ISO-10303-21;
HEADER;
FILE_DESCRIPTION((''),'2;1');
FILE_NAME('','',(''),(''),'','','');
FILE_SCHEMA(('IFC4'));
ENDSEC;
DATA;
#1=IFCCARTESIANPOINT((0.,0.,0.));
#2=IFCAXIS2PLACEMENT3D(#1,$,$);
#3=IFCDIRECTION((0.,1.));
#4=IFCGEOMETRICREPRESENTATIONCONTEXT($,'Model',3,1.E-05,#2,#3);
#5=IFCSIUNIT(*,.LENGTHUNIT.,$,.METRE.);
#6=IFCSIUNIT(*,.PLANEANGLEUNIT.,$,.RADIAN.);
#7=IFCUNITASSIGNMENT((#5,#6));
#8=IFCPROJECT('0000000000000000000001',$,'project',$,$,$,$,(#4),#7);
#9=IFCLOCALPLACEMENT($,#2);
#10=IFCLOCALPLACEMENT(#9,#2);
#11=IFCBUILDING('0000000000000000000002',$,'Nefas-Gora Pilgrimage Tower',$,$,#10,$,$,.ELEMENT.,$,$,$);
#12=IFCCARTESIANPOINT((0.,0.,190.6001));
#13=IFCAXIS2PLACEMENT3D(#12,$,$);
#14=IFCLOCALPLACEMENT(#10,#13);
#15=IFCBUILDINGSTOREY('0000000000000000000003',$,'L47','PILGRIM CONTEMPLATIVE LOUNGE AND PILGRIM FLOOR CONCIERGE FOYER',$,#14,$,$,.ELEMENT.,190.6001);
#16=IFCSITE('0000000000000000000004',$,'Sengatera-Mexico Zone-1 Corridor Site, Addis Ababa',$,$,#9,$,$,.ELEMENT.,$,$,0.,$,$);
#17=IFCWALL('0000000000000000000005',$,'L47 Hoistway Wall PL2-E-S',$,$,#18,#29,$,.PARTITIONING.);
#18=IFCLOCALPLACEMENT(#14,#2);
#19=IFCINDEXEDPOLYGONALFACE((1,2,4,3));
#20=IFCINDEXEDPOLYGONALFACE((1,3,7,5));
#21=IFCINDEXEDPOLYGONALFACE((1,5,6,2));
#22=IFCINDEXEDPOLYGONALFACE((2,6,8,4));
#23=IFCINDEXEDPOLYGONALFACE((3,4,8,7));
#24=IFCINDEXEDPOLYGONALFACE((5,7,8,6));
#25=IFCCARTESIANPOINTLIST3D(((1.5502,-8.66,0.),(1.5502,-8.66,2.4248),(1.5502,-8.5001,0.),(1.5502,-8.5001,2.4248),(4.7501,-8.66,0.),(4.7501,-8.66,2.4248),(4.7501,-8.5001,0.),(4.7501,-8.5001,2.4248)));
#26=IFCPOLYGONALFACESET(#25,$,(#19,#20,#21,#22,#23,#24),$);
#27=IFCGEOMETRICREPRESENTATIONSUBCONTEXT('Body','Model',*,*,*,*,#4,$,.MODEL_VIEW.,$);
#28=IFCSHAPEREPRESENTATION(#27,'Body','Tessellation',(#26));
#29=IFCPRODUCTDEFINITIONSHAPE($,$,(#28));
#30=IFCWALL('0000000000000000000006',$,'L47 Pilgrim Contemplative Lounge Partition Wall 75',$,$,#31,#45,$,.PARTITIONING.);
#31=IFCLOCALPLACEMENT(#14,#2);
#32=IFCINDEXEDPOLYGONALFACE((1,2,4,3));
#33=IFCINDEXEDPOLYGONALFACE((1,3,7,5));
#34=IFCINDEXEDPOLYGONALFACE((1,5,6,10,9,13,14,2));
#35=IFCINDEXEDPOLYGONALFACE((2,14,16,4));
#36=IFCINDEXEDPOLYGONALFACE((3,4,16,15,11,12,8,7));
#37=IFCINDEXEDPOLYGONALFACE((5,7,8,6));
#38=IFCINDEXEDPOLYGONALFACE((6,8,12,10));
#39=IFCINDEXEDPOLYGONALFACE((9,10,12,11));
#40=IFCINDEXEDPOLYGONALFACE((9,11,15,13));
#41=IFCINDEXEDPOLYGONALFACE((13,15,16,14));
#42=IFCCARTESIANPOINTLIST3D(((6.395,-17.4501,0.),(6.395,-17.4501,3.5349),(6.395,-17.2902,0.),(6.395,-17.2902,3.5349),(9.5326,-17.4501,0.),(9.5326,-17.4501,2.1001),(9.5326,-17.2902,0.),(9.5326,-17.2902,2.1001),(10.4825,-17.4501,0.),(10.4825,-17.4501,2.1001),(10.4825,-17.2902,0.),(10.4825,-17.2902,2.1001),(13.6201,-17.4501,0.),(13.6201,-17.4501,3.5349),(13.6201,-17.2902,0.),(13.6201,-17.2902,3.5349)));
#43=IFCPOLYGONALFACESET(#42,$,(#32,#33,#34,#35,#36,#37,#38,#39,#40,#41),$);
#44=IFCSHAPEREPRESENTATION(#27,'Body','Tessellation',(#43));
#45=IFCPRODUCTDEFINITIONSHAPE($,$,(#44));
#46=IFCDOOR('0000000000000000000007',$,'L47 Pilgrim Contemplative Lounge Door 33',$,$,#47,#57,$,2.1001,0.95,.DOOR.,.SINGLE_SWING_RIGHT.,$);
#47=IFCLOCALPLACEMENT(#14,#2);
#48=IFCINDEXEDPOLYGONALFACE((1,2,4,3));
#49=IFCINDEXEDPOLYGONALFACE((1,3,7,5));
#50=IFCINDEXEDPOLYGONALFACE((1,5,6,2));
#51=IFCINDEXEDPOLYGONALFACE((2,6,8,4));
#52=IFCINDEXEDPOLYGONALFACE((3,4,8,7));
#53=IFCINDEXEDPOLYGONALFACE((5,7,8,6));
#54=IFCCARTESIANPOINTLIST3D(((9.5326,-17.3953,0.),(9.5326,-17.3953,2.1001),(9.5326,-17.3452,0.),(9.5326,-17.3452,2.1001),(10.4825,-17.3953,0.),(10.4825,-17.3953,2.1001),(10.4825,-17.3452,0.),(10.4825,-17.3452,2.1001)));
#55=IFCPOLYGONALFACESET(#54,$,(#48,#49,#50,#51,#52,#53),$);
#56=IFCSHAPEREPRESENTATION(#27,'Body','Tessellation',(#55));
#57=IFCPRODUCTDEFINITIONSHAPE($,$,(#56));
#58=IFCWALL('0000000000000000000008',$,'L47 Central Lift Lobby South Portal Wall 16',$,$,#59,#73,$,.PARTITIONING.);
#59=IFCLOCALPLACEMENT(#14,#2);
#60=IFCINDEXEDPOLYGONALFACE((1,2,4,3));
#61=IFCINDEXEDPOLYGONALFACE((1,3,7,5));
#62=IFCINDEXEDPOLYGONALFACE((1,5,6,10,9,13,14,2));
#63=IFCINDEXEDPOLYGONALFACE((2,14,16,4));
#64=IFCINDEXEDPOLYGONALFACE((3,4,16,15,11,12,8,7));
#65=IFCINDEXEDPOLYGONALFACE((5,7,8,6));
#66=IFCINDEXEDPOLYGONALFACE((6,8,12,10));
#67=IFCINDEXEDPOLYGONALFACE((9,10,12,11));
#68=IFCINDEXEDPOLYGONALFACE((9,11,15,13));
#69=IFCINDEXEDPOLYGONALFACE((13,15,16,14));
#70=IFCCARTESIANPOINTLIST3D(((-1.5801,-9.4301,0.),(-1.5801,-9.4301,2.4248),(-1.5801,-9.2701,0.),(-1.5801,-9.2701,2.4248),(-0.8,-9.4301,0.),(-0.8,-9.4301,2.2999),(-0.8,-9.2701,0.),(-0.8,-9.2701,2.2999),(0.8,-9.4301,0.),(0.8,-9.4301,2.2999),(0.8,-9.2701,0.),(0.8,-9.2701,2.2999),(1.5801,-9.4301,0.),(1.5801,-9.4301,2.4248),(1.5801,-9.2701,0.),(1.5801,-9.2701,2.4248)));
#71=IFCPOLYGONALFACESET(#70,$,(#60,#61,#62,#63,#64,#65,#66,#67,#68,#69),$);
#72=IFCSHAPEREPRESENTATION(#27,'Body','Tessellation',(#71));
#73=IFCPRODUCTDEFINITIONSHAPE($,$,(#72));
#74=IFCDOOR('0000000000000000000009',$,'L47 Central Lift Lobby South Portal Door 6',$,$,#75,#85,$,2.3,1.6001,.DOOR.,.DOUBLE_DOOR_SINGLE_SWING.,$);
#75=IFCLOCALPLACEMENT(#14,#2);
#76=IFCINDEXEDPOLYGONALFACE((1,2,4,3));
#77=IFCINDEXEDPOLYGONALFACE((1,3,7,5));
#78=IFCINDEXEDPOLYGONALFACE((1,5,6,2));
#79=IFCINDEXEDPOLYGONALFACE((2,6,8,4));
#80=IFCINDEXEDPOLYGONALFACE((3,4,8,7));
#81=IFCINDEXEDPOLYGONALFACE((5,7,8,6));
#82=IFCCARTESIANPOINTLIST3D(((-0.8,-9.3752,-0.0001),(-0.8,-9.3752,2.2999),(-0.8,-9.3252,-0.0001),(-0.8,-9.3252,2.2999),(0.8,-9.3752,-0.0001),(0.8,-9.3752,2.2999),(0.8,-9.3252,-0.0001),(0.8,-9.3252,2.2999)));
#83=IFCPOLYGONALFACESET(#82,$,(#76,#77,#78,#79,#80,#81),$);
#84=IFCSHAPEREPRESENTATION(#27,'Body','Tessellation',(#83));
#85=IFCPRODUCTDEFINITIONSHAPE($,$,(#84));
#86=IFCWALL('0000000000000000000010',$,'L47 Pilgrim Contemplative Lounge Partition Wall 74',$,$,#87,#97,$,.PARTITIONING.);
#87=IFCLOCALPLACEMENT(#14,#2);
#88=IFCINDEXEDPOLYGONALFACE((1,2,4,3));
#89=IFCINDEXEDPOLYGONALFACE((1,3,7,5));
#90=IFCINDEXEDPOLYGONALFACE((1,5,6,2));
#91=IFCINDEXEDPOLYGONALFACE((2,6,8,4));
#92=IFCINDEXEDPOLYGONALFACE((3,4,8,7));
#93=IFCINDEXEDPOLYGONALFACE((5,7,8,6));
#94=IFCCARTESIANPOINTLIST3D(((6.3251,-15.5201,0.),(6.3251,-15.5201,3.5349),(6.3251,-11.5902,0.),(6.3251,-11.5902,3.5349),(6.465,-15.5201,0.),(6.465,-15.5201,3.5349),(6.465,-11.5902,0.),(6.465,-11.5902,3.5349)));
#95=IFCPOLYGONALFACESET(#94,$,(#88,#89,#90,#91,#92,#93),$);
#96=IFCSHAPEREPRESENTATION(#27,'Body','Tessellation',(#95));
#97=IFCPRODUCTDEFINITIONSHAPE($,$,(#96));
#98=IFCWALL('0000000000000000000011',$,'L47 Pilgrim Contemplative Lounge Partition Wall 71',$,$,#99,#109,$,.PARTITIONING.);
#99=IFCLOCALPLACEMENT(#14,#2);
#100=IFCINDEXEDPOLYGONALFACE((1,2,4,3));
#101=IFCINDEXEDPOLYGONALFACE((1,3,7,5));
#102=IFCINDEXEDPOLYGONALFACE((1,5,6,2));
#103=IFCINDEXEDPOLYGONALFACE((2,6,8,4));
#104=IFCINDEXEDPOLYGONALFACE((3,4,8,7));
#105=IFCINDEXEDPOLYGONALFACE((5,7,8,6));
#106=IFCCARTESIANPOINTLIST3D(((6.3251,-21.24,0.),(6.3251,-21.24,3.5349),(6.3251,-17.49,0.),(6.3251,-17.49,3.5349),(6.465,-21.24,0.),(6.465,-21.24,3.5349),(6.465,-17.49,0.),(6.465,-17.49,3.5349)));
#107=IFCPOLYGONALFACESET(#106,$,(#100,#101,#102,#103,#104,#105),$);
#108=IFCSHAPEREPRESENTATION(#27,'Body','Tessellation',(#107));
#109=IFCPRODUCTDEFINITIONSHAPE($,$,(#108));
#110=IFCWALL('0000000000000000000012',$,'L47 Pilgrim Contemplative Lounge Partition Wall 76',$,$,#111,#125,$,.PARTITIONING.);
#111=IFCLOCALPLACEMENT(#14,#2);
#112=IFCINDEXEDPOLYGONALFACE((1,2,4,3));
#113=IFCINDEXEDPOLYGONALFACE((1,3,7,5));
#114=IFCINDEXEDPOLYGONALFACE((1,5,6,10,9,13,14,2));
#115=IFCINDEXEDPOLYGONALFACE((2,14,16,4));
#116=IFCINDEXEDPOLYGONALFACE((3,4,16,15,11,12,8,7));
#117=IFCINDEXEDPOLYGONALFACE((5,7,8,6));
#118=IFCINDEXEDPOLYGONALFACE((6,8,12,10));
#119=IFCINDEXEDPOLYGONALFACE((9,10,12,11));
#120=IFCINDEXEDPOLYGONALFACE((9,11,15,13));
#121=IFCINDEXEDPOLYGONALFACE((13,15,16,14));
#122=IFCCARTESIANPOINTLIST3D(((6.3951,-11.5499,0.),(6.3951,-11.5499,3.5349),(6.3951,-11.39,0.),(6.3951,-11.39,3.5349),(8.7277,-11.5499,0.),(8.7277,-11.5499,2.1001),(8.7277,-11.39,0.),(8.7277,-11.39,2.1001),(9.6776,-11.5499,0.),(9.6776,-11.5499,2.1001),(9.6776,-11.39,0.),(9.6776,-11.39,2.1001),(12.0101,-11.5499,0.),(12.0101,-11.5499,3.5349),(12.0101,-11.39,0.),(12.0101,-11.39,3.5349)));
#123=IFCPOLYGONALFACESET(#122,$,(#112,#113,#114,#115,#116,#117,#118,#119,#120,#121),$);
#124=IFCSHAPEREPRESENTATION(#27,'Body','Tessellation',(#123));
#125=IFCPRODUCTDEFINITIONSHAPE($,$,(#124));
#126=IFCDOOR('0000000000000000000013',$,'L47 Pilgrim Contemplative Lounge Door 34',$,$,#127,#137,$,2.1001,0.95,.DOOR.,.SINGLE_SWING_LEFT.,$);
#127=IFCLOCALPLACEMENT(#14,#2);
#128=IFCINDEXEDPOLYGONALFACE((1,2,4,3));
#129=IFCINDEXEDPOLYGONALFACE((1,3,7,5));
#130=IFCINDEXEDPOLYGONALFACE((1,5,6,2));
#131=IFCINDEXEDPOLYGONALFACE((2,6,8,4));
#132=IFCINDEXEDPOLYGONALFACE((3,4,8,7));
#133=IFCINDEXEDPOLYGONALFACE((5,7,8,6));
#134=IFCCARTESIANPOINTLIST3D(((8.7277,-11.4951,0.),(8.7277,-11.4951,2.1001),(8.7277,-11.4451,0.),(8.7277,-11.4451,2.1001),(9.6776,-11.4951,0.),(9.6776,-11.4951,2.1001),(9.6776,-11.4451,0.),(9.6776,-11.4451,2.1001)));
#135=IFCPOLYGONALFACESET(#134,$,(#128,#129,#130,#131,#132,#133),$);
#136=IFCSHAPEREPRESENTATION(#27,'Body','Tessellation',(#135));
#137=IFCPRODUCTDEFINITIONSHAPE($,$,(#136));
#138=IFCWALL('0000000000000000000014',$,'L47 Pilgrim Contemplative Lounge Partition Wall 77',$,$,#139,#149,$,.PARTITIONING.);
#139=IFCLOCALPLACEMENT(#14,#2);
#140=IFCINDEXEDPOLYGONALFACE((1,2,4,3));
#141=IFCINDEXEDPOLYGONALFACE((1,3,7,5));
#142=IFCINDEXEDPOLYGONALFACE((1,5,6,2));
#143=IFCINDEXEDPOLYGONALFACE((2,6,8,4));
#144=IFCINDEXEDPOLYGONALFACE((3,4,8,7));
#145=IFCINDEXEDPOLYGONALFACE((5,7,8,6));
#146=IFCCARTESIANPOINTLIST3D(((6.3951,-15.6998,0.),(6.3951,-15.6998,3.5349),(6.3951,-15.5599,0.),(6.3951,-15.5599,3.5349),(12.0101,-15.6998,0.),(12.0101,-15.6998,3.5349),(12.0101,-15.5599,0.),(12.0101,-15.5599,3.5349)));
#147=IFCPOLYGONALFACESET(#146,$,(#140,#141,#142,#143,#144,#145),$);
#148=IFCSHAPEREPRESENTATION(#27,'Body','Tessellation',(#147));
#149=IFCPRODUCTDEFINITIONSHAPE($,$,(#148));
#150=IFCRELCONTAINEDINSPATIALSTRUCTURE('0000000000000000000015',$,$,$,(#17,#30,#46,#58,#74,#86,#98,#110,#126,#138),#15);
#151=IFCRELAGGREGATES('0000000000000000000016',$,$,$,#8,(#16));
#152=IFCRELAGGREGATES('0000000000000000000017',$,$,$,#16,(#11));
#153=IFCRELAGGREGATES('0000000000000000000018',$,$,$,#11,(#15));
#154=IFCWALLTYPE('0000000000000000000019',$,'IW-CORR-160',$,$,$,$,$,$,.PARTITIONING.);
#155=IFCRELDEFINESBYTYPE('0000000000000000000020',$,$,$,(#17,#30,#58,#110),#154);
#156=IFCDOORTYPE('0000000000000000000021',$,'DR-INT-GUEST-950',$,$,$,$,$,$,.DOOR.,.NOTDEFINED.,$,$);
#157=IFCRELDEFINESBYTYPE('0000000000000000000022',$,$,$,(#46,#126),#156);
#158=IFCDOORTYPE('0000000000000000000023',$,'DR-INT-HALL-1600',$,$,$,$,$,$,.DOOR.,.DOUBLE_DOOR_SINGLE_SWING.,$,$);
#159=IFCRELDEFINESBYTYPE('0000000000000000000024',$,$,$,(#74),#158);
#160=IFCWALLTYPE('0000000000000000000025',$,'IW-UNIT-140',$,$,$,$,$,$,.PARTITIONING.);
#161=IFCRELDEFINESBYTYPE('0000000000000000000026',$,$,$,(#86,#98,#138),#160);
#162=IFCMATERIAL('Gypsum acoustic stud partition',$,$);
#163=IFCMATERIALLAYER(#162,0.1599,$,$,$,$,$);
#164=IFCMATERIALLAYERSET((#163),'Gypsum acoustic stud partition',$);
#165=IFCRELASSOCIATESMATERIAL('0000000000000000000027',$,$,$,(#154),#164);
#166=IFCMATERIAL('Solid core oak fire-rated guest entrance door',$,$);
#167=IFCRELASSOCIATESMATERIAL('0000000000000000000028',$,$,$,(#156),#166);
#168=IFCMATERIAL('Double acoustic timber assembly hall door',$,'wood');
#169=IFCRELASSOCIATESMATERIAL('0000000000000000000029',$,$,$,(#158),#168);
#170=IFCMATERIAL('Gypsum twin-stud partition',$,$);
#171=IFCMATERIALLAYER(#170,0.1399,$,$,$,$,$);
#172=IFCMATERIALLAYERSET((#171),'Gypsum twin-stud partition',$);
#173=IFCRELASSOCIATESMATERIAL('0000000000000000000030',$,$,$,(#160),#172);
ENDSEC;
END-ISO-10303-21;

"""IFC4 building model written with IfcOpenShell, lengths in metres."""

from ifc_helpers import new_model, si_unit, direction, frame, frame_2d, origin, place, context, subcontext, project, spatial, rectangle, extrude, source, transform, mapped, material, layer, layer_set, type_object, element, fill, save


model = new_model("IFC4")

# Units and contexts
model_context = context("Model", 3, precision=1e-05, world=origin(), true_north=direction((0.0, 1.0)))
body_context = subcontext(model_context, "Body", "Model", "MODEL_VIEW")
ifc_project = project(units=[si_unit("LENGTHUNIT", "METRE"), si_unit("PLANEANGLEUNIT", "RADIAN")], contexts=[model_context])

# Site, building, storey
site_placement = place(None, origin())
site = spatial("IfcSite", under=ifc_project, at=site_placement, Name="Sengatera-Mexico Zone-1 Corridor Site, Addis Ababa", CompositionType="ELEMENT", RefElevation=0.0)
building_placement = place(site_placement, origin())
building = spatial("IfcBuilding", under=site, at=building_placement, Name="Nefas-Gora Pilgrimage Tower", CompositionType="ELEMENT")
storey_placement = place(building_placement, frame((0.0, 0.0, 190.6001)))
storey = spatial("IfcBuildingStorey", under=building, at=storey_placement, Name="L47", Description="PILGRIM CONTEMPLATIVE LOUNGE AND PILGRIM FLOOR CONCIERGE FOYER", CompositionType="ELEMENT", Elevation=190.6001)

# Wall
ifc_material_1 = material(Name="Gypsum acoustic stud partition")
ifc_layer_1 = layer(ifc_material_1, 0.1599)
ifc_layer_set_1 = layer_set([ifc_layer_1], Name="Gypsum acoustic stud partition")
wall_type_1 = type_object("IfcWallType", Name="IW-CORR-160", PredefinedType="PARTITIONING", material=ifc_layer_set_1)
shared_shape_1 = source(origin(), body_context, "Body", "SweptSolid", [
    extrude(rectangle(XDim=3.2, YDim=0.1599, at=frame_2d((1.6001, 0.0))), origin(), (0.0, 0.0, 1.0), 2.4248),
])
wall_1_placement = place(storey_placement, frame((1.55, -8.5801, 0.0), z_axis=(0.0, 0.0, 1.0), x_axis=(1.0, 0.0, 0.0)))
element("IfcWall", 1, at=wall_1_placement, inside=storey, type_object=wall_type_1, Name="L47 Hoistway Wall PL2-E-S", PredefinedType="PARTITIONING", context=body_context, shape_type="MappedRepresentation", body=[
    mapped(shared_shape_1, transform((0.0, 0.0, 0.0), x_axis=(1.0, 0.0, 0.0), y_axis=(0.0, 1.0, 0.0), z_axis=(0.0, 0.0, 1.0), scale=1.0)),
])

# Walls, openings, doors
shared_shape_2 = source(origin(), body_context, "Body", "SweptSolid", [
    extrude(rectangle(XDim=7.2251, YDim=0.1599, at=frame_2d((3.6125, 0.0))), origin(), (0.0, 0.0, 1.0), 3.5349),
])
wall_2_placement = place(storey_placement, frame((6.395, -17.3701, 0.0), z_axis=(0.0, 0.0, 1.0), x_axis=(1.0, 0.0, 0.0)))
wall_2 = element("IfcWall", 2, at=wall_2_placement, inside=storey, type_object=wall_type_1, Name="L47 Pilgrim Contemplative Lounge Partition Wall 75", PredefinedType="PARTITIONING", context=body_context, shape_type="MappedRepresentation", body=[
    mapped(shared_shape_2, transform((0.0, 0.0, 0.0), x_axis=(1.0, 0.0, 0.0), y_axis=(0.0, 1.0, 0.0), z_axis=(0.0, 0.0, 1.0), scale=1.0)),
])
opening_1_placement = place(wall_2_placement, frame((3.1375, 0.0, 0.0)))
opening_1 = element("IfcOpeningElement", 3, at=opening_1_placement, cuts=wall_2, PredefinedType="OPENING", context=body_context, shape_type="SweptSolid", body=[
    extrude(rectangle(XDim=0.95, YDim=2.1001, at=frame_2d((0.4751, 1.05))), frame((0.0, 0.0898, 0.0), z_axis=(0.0, -1.0, 0.0), x_axis=(1.0, 0.0, 0.0)), (0.0, 0.0, 1.0), 0.1799),
])
ifc_material_2 = material(Name="Solid core oak fire-rated guest entrance door")
door_type_1 = type_object("IfcDoorType", Name="DR-INT-GUEST-950", OperationType="NOTDEFINED", PredefinedType="DOOR", material=ifc_material_2)
shared_shape_3 = source(origin(), body_context, "Body", "SweptSolid", [
    extrude(rectangle(XDim=0.95, YDim=2.1001, at=frame_2d((0.4751, 1.05))), frame((0.0, 0.0249, 0.0), z_axis=(0.0, -1.0, 0.0), x_axis=(1.0, 0.0, 0.0)), (0.0, 0.0, 1.0), 0.05),
])
door_1_placement = place(opening_1_placement, origin())
door_1 = element("IfcDoor", 4, at=door_1_placement, inside=storey, type_object=door_type_1, Name="L47 Pilgrim Contemplative Lounge Door 33", OperationType="SINGLE_SWING_RIGHT", OverallHeight=2.1001, OverallWidth=0.95, PredefinedType="DOOR", context=body_context, shape_type="MappedRepresentation", body=[
    mapped(shared_shape_3, transform((0.0, 0.0, 0.0), x_axis=(1.0, 0.0, 0.0), y_axis=(0.0, 1.0, 0.0), z_axis=(0.0, 0.0, 1.0), scale=1.0)),
])
fill(opening_1, door_1)
shared_shape_4 = source(origin(), body_context, "Body", "SweptSolid", [
    extrude(rectangle(XDim=3.1602, YDim=0.1599, at=frame_2d((1.5801, 0.0))), origin(), (0.0, 0.0, 1.0), 2.4248),
])
wall_3_placement = place(storey_placement, frame((-1.5801, -9.3501, 0.0), z_axis=(0.0, 0.0, 1.0), x_axis=(1.0, 0.0, 0.0)))
wall_3 = element("IfcWall", 5, at=wall_3_placement, inside=storey, type_object=wall_type_1, Name="L47 Central Lift Lobby South Portal Wall 16", PredefinedType="PARTITIONING", context=body_context, shape_type="MappedRepresentation", body=[
    mapped(shared_shape_4, transform((0.0, 0.0, 0.0), x_axis=(1.0, 0.0, 0.0), y_axis=(0.0, 1.0, 0.0), z_axis=(0.0, 0.0, 1.0), scale=1.0)),
])
opening_2_placement = place(wall_3_placement, frame((0.78, 0.0, 0.0)))
opening_2 = element("IfcOpeningElement", 6, at=opening_2_placement, cuts=wall_3, PredefinedType="OPENING", context=body_context, shape_type="SweptSolid", body=[
    extrude(rectangle(XDim=1.6001, YDim=2.3, at=frame_2d((0.8, 1.1499))), frame((0.0, 0.0898, 0.0), z_axis=(0.0, -1.0, 0.0), x_axis=(1.0, 0.0, 0.0)), (0.0, 0.0, 1.0), 0.1799),
])
ifc_material_3 = material(Name="Double acoustic timber assembly hall door", Category="wood")
door_type_2 = type_object("IfcDoorType", Name="DR-INT-HALL-1600", OperationType="DOUBLE_DOOR_SINGLE_SWING", PredefinedType="DOOR", material=ifc_material_3)
shared_shape_5 = source(origin(), body_context, "Body", "SweptSolid", [
    extrude(rectangle(XDim=1.6001, YDim=2.3, at=frame_2d((0.8, 1.1499))), frame((0.0, 0.0249, 0.0), z_axis=(0.0, -1.0, 0.0), x_axis=(1.0, 0.0, 0.0)), (0.0, 0.0, 1.0), 0.05),
])
door_2_placement = place(opening_2_placement, origin())
door_2 = element("IfcDoor", 7, at=door_2_placement, inside=storey, type_object=door_type_2, Name="L47 Central Lift Lobby South Portal Door 6", OperationType="DOUBLE_DOOR_SINGLE_SWING", OverallHeight=2.3, OverallWidth=1.6001, PredefinedType="DOOR", context=body_context, shape_type="MappedRepresentation", body=[
    mapped(shared_shape_5, transform((0.0, 0.0, 0.0), x_axis=(1.0, 0.0, 0.0), y_axis=(0.0, 1.0, 0.0), z_axis=(0.0, 0.0, 1.0), scale=1.0)),
])
fill(opening_2, door_2)

# Walls
ifc_material_4 = material(Name="Gypsum twin-stud partition")
ifc_layer_2 = layer(ifc_material_4, 0.1399)
ifc_layer_set_2 = layer_set([ifc_layer_2], Name="Gypsum twin-stud partition")
wall_type_2 = type_object("IfcWallType", Name="IW-UNIT-140", PredefinedType="PARTITIONING", material=ifc_layer_set_2)
shared_shape_6 = source(origin(), body_context, "Body", "SweptSolid", [
    extrude(rectangle(XDim=3.9299, YDim=0.1399, at=frame_2d((1.9648, 0.0))), origin(), (0.0, 0.0, 1.0), 3.5349),
])
wall_4_placement = place(storey_placement, frame((6.395, -15.52, 0.0), z_axis=(0.0, 0.0, 1.0), x_axis=(0.0, 1.0, 0.0)))
element("IfcWall", 8, at=wall_4_placement, inside=storey, type_object=wall_type_2, Name="L47 Pilgrim Contemplative Lounge Partition Wall 74", PredefinedType="PARTITIONING", context=body_context, shape_type="MappedRepresentation", body=[
    mapped(shared_shape_6, transform((0.0, 0.0, 0.0), x_axis=(1.0, 0.0, 0.0), y_axis=(0.0, 1.0, 0.0), z_axis=(0.0, 0.0, 1.0), scale=1.0)),
])
shared_shape_7 = source(origin(), body_context, "Body", "SweptSolid", [
    extrude(rectangle(XDim=3.75, YDim=0.1399, at=frame_2d((1.875, 0.0))), origin(), (0.0, 0.0, 1.0), 3.5349),
])
wall_5_placement = place(storey_placement, frame((6.395, -21.24, 0.0), z_axis=(0.0, 0.0, 1.0), x_axis=(0.0, 1.0, 0.0)))
element("IfcWall", 9, at=wall_5_placement, inside=storey, type_object=wall_type_2, Name="L47 Pilgrim Contemplative Lounge Partition Wall 71", PredefinedType="PARTITIONING", context=body_context, shape_type="MappedRepresentation", body=[
    mapped(shared_shape_7, transform((0.0, 0.0, 0.0), x_axis=(1.0, 0.0, 0.0), y_axis=(0.0, 1.0, 0.0), z_axis=(0.0, 0.0, 1.0), scale=1.0)),
])

# Wall, opening, door
shared_shape_8 = source(origin(), body_context, "Body", "SweptSolid", [
    extrude(rectangle(XDim=5.615, YDim=0.1599, at=frame_2d((2.8076, 0.0))), origin(), (0.0, 0.0, 1.0), 3.5349),
])
wall_6_placement = place(storey_placement, frame((6.395, -11.47, 0.0), z_axis=(0.0, 0.0, 1.0), x_axis=(1.0, 0.0, 0.0)))
wall_6 = element("IfcWall", 10, at=wall_6_placement, inside=storey, type_object=wall_type_1, Name="L47 Pilgrim Contemplative Lounge Partition Wall 76", PredefinedType="PARTITIONING", context=body_context, shape_type="MappedRepresentation", body=[
    mapped(shared_shape_8, transform((0.0, 0.0, 0.0), x_axis=(1.0, 0.0, 0.0), y_axis=(0.0, 1.0, 0.0), z_axis=(0.0, 0.0, 1.0), scale=1.0)),
])
opening_3_placement = place(wall_6_placement, frame((2.3325, 0.0, 0.0)))
opening_3 = element("IfcOpeningElement", 11, at=opening_3_placement, cuts=wall_6, PredefinedType="OPENING", context=body_context, shape_type="SweptSolid", body=[
    extrude(rectangle(XDim=0.95, YDim=2.1001, at=frame_2d((0.4751, 1.05))), frame((0.0, 0.0898, 0.0), z_axis=(0.0, -1.0, 0.0), x_axis=(1.0, 0.0, 0.0)), (0.0, 0.0, 1.0), 0.1799),
])
door_3_placement = place(opening_3_placement, origin())
door_3 = element("IfcDoor", 12, at=door_3_placement, inside=storey, type_object=door_type_1, Name="L47 Pilgrim Contemplative Lounge Door 34", OperationType="SINGLE_SWING_LEFT", OverallHeight=2.1001, OverallWidth=0.95, PredefinedType="DOOR", context=body_context, shape_type="MappedRepresentation", body=[
    mapped(shared_shape_3, transform((0.0, 0.0, 0.0), x_axis=(1.0, 0.0, 0.0), y_axis=(0.0, 1.0, 0.0), z_axis=(0.0, 0.0, 1.0), scale=1.0)),
])
fill(opening_3, door_3)

# Wall
shared_shape_9 = source(origin(), body_context, "Body", "SweptSolid", [
    extrude(rectangle(XDim=5.615, YDim=0.1399, at=frame_2d((2.8076, 0.0))), origin(), (0.0, 0.0, 1.0), 3.5349),
])
wall_7_placement = place(storey_placement, frame((6.395, -15.6299, 0.0), z_axis=(0.0, 0.0, 1.0), x_axis=(1.0, 0.0, 0.0)))
element("IfcWall", 13, at=wall_7_placement, inside=storey, type_object=wall_type_2, Name="L47 Pilgrim Contemplative Lounge Partition Wall 77", PredefinedType="PARTITIONING", context=body_context, shape_type="MappedRepresentation", body=[
    mapped(shared_shape_9, transform((0.0, 0.0, 0.0), x_axis=(1.0, 0.0, 0.0), y_axis=(0.0, 1.0, 0.0), z_axis=(0.0, 0.0, 1.0), scale=1.0)),
])

save(model, "model.ifc")
